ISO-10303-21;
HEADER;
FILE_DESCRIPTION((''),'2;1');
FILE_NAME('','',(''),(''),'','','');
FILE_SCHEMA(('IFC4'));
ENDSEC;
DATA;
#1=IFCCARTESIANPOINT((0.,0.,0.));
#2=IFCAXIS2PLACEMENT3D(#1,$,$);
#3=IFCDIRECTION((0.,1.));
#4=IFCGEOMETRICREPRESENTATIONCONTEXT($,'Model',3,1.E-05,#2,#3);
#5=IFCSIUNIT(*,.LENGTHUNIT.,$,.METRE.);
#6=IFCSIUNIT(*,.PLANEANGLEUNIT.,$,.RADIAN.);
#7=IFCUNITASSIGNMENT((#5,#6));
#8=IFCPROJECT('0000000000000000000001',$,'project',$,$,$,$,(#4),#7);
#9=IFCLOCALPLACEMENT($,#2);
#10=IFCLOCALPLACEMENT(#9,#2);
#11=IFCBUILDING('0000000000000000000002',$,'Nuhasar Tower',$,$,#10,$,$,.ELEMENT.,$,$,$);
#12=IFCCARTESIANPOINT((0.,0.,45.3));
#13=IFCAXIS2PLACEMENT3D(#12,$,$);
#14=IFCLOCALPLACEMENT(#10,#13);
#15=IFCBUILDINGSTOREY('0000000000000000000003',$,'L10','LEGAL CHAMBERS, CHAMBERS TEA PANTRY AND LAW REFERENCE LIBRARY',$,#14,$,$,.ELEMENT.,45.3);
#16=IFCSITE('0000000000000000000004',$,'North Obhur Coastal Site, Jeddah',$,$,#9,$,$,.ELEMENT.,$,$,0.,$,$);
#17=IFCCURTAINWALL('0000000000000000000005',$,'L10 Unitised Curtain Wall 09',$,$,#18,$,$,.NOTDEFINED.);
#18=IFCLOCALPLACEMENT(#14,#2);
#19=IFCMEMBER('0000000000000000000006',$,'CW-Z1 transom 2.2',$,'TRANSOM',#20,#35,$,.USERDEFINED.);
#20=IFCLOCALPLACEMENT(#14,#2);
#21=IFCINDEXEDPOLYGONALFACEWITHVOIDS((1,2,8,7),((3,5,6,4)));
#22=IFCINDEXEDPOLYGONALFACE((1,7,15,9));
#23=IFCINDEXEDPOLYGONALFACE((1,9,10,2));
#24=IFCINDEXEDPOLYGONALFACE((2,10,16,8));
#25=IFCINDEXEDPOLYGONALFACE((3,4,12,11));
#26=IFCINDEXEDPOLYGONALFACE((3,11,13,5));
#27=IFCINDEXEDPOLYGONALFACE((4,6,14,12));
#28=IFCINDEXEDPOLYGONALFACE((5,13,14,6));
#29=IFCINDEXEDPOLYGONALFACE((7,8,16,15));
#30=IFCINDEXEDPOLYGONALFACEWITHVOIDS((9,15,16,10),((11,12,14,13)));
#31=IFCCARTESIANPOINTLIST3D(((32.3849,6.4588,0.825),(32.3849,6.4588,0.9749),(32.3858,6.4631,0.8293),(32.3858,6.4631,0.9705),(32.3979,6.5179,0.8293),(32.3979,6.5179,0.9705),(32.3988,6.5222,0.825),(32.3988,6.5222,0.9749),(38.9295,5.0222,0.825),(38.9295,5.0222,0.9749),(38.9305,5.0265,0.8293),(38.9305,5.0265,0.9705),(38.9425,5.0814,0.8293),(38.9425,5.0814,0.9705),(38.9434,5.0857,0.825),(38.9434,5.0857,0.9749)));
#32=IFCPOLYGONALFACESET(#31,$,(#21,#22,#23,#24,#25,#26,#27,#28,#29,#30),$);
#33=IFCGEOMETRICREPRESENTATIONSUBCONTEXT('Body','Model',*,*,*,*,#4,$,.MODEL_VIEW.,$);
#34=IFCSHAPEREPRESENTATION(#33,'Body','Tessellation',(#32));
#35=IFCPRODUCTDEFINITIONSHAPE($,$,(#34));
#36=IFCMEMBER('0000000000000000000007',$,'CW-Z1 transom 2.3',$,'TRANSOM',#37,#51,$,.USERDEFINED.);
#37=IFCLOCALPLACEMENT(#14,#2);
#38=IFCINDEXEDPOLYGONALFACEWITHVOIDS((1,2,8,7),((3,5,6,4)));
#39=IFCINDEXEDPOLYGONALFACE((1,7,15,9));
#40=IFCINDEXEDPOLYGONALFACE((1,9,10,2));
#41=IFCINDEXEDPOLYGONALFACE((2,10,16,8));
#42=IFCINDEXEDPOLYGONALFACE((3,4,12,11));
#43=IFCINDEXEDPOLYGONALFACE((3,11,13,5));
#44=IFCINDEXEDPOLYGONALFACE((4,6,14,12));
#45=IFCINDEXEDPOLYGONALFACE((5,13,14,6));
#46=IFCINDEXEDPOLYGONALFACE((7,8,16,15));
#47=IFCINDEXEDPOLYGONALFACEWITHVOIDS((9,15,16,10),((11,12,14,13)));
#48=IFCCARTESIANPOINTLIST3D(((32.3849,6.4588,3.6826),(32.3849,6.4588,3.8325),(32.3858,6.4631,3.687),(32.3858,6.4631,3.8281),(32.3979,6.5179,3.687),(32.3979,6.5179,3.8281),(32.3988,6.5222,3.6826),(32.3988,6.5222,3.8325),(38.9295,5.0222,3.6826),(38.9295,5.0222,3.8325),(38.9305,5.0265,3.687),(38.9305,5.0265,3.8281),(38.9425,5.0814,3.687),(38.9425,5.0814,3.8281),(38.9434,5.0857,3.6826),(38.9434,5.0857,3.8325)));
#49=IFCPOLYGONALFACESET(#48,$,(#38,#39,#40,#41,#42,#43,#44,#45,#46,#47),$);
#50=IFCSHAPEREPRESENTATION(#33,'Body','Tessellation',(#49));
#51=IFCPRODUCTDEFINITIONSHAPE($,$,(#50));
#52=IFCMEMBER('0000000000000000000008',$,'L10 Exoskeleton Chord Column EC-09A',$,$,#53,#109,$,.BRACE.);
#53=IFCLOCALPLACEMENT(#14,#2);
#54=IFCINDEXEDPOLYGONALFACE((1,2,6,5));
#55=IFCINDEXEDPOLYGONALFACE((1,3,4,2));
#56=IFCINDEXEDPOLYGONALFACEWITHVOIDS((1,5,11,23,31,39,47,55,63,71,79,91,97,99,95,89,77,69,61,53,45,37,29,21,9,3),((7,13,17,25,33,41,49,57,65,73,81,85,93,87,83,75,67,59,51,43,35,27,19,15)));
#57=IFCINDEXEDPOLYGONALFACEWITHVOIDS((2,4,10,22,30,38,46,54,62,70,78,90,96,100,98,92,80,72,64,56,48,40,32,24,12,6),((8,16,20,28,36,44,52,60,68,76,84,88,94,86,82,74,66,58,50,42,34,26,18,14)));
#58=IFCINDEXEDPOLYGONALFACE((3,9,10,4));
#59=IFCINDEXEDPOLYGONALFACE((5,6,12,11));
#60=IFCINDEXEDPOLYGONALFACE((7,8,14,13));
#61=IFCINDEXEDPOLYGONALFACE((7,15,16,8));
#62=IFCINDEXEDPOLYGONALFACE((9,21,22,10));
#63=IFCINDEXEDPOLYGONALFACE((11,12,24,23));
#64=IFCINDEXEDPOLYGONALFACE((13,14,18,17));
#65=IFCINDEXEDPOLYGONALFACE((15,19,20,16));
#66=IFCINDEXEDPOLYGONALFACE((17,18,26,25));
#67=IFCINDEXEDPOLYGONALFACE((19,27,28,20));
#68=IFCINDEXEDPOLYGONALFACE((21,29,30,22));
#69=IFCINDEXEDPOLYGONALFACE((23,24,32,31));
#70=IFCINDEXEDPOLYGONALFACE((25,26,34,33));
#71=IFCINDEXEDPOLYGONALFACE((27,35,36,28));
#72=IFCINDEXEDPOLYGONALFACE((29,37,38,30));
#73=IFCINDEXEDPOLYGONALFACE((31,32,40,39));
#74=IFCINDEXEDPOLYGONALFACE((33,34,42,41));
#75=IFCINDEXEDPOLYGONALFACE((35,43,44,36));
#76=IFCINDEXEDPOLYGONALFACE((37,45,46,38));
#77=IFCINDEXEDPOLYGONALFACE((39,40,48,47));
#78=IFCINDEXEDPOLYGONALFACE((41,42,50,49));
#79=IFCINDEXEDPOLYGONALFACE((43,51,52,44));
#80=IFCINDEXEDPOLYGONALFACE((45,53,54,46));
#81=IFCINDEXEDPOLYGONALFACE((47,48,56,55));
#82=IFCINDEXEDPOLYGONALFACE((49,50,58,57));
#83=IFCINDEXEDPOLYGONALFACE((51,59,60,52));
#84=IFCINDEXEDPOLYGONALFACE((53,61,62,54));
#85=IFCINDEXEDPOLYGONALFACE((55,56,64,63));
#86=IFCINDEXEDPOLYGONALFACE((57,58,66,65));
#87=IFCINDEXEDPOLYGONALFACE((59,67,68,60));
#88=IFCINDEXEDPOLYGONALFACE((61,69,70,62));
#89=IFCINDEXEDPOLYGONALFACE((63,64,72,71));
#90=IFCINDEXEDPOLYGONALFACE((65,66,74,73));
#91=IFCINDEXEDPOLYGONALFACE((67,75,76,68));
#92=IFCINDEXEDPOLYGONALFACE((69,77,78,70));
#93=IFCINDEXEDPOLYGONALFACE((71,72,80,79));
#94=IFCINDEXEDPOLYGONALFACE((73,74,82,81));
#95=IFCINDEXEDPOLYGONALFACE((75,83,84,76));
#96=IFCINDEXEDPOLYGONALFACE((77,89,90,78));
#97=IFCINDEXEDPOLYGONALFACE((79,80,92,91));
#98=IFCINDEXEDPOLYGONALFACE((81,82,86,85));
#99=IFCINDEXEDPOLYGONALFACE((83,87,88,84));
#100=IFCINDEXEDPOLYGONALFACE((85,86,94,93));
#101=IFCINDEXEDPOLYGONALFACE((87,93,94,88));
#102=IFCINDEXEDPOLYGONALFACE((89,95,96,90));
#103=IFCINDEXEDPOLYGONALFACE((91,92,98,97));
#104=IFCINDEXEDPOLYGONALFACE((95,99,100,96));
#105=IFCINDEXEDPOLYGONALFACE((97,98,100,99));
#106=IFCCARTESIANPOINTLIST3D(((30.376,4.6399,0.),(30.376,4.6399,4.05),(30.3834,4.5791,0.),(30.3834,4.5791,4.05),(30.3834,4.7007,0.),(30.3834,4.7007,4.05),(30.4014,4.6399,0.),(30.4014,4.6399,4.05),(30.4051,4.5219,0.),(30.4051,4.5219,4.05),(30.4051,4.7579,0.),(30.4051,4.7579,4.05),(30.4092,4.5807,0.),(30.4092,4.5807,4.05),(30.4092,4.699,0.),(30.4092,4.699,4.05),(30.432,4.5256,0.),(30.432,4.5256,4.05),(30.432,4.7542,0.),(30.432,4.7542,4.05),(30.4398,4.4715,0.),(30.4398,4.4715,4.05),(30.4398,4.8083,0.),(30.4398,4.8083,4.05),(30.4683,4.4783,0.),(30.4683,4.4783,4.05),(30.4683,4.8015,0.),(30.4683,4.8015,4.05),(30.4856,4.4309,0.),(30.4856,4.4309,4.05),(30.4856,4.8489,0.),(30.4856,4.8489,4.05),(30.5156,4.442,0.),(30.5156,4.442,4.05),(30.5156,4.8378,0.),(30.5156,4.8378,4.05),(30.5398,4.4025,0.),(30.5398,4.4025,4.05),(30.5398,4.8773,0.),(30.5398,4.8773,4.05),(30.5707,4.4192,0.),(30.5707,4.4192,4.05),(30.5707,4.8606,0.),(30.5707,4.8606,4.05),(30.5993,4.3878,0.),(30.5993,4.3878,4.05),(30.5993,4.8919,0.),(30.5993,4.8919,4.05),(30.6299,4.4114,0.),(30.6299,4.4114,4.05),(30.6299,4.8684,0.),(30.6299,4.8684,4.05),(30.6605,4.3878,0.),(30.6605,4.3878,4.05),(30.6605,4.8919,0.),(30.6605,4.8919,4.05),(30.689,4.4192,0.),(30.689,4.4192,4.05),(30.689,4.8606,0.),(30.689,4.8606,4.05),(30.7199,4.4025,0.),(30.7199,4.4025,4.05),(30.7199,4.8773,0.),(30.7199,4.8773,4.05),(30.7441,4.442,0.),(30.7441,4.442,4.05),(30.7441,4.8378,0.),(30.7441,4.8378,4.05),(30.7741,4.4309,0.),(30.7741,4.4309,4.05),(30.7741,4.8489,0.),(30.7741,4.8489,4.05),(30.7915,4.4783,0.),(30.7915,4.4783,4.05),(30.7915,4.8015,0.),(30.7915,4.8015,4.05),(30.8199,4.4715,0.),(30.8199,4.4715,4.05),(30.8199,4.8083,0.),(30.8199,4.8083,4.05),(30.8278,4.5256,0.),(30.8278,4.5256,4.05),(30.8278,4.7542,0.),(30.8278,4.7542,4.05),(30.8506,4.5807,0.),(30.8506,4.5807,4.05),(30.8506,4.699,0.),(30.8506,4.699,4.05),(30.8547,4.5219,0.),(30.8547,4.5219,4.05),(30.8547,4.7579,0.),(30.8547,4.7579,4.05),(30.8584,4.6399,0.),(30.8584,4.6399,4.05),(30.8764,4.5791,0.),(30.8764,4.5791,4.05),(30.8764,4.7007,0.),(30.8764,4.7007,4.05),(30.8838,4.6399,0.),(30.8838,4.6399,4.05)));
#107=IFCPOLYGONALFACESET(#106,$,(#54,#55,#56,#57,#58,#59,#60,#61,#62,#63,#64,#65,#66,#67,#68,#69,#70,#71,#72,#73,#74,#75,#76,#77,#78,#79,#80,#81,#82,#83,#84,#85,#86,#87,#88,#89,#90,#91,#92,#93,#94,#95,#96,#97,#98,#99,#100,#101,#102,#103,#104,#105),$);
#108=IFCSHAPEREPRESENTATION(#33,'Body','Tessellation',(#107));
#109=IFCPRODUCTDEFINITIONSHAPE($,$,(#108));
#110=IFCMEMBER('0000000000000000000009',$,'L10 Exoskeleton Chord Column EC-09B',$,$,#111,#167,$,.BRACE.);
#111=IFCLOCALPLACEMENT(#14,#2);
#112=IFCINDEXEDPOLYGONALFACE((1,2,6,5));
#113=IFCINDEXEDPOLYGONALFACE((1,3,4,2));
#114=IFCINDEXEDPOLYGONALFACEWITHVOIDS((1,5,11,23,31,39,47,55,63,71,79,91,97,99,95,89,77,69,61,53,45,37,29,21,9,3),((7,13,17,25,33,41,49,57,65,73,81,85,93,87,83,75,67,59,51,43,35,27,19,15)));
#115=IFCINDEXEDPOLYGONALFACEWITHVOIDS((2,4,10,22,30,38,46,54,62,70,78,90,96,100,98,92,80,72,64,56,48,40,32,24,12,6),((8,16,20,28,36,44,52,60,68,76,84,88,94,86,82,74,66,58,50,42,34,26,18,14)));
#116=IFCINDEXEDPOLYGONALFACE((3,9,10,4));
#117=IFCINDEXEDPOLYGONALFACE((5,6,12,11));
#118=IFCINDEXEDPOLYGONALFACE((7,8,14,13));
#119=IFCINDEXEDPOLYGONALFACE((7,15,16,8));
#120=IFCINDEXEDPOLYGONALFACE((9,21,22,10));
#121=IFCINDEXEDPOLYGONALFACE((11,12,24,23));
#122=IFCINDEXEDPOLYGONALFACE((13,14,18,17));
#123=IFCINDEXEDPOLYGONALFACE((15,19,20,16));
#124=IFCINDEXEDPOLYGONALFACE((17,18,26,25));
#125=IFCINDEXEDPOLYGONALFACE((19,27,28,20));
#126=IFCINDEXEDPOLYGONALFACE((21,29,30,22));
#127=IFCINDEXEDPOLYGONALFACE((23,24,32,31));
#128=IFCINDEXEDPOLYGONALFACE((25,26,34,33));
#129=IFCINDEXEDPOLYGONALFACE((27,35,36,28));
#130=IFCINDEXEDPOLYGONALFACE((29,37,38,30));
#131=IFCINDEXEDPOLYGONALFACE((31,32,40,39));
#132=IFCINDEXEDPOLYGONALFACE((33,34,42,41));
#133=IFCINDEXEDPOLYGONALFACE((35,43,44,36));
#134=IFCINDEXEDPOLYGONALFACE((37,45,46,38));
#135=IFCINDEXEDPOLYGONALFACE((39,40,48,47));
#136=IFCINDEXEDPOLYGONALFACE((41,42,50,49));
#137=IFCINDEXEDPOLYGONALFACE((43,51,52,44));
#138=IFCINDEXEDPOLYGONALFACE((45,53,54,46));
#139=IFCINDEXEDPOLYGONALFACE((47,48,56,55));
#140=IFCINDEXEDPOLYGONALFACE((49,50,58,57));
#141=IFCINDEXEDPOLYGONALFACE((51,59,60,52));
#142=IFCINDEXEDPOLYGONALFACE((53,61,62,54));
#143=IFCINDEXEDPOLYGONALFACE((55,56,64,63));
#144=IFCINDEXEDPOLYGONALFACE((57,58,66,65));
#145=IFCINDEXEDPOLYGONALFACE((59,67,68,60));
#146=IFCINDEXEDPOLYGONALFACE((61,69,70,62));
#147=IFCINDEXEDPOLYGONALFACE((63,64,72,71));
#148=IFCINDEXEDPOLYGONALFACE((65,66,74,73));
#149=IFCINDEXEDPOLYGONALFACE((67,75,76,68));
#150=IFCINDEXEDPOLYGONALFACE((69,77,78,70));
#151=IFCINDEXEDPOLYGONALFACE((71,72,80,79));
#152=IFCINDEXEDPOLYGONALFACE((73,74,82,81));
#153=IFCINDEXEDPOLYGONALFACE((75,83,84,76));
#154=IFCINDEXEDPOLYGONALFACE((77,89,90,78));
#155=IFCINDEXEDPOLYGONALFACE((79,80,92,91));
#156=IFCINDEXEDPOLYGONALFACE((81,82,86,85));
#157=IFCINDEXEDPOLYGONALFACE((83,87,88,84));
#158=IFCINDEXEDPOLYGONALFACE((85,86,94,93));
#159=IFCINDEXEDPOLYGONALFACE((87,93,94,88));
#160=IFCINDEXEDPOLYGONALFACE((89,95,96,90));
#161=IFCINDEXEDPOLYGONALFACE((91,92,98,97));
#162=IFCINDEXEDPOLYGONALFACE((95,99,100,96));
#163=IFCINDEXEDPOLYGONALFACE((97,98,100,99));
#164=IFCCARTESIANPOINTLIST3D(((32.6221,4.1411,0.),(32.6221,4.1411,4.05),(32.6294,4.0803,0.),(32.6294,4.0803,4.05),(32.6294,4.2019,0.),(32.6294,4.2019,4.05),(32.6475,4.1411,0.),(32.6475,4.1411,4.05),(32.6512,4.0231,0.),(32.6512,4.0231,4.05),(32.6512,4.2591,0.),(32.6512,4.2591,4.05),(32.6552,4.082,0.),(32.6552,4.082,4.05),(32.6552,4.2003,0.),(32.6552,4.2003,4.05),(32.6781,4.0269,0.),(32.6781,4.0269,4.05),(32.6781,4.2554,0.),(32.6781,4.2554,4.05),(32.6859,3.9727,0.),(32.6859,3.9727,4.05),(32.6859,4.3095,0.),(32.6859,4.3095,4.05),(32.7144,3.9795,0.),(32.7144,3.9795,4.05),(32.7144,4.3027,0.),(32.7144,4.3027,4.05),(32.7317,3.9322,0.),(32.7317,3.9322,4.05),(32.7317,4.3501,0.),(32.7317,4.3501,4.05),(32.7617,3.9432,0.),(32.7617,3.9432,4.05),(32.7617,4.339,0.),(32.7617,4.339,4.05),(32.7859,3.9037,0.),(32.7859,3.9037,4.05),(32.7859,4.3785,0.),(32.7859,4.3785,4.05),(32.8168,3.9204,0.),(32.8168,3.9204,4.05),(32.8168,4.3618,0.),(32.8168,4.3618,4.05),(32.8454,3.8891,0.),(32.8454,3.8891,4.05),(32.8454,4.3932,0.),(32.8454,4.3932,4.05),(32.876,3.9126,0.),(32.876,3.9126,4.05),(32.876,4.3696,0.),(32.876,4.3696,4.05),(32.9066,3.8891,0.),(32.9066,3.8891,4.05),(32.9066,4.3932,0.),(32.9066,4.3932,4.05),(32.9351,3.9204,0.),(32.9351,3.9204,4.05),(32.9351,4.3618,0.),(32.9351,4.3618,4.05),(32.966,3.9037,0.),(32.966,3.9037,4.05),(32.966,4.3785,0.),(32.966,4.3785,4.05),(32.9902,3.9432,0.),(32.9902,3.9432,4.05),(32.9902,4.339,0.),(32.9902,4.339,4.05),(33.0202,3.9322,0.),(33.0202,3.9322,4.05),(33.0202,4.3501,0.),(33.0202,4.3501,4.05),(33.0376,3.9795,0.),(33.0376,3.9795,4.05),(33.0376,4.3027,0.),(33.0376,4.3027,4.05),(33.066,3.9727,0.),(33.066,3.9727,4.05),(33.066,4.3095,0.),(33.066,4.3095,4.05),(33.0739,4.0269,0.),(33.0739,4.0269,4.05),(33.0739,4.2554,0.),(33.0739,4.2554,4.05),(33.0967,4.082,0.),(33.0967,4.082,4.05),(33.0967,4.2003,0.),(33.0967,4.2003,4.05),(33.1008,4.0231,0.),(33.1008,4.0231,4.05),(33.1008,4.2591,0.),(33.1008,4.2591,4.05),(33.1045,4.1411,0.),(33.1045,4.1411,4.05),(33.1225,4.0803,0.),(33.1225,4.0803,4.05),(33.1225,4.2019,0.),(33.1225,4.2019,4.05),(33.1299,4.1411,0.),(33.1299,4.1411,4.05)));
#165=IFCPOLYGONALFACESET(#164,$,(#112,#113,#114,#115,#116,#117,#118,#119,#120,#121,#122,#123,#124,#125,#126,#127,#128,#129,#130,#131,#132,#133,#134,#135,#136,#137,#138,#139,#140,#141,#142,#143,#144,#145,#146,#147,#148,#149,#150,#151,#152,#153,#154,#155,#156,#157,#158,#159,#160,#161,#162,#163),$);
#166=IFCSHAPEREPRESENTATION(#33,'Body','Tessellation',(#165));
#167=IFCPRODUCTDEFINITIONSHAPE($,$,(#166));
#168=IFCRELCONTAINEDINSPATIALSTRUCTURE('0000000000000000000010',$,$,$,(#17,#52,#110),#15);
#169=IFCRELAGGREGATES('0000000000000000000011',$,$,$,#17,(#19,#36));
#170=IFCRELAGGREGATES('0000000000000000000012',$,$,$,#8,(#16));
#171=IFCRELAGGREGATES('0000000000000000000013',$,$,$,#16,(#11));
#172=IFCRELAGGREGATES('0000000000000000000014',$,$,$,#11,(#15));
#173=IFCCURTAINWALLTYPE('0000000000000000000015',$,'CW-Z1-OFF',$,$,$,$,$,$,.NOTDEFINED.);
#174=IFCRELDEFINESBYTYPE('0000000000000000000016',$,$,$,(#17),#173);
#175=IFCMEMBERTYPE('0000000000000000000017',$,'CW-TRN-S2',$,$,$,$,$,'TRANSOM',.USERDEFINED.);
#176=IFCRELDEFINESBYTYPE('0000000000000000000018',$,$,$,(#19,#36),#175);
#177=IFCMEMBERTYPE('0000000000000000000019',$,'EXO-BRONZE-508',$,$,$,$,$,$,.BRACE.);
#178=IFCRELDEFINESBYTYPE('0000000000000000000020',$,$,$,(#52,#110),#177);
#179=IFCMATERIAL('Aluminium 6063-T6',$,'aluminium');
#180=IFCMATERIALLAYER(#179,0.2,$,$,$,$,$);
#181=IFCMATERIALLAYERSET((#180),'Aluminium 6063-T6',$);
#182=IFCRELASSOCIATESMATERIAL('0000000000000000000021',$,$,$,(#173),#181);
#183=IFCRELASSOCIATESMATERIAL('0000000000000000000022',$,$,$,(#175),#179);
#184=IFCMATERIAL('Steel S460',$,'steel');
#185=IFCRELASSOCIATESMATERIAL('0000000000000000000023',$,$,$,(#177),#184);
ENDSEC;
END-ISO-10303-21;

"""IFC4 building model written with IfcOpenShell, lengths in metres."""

from ifc_helpers import new_model, si_unit, direction, frame, origin, origin_2d, place, context, subcontext, project, spatial, hollow_rectangle, hollow_circle, extrude, material, layer, layer_set, material_profile, profile_set, type_object, element, aggregate, save


model = new_model("IFC4")

# Units and contexts
model_context = context("Model", 3, precision=1e-05, world=origin(), true_north=direction((0.0, 1.0)))
body_context = subcontext(model_context, "Body", "Model", "MODEL_VIEW")
ifc_project = project(units=[si_unit("LENGTHUNIT", "METRE"), si_unit("PLANEANGLEUNIT", "RADIAN")], contexts=[model_context])

# Site, building, storey
site_placement = place(None, origin())
site = spatial("IfcSite", under=ifc_project, at=site_placement, Name="North Obhur Coastal Site, Jeddah", CompositionType="ELEMENT", RefElevation=0.0)
building_placement = place(site_placement, origin())
building = spatial("IfcBuilding", under=site, at=building_placement, Name="Nuhasar Tower", CompositionType="ELEMENT")
storey_placement = place(building_placement, frame((0.0, 0.0, 45.3)))
storey = spatial("IfcBuildingStorey", under=building, at=storey_placement, Name="L10", Description="LEGAL CHAMBERS, CHAMBERS TEA PANTRY AND LAW REFERENCE LIBRARY", CompositionType="ELEMENT", Elevation=45.3)

# Curtain wall, members
ifc_material_1 = material(Name="Aluminium 6063-T6", Category="aluminium")
ifc_layer_1 = layer(ifc_material_1, 0.2)
ifc_layer_set_1 = layer_set([ifc_layer_1], Name="Aluminium 6063-T6")
curtain_wall_type = type_object("IfcCurtainWallType", Name="CW-Z1-OFF", PredefinedType="NOTDEFINED", material=ifc_layer_set_1)
curtain_wall_placement = place(storey_placement, origin())
curtain_wall = element("IfcCurtainWall", 1, at=curtain_wall_placement, inside=storey, type_object=curtain_wall_type, Name="L10 Unitised Curtain Wall 09", PredefinedType="NOTDEFINED")
ifc_material_profile_1 = material_profile(ifc_material_1, hollow_rectangle(XDim=0.0649, YDim=0.1499, WallThickness=0.0044, at=origin_2d()), Name="CWT-2")
ifc_profile_set_1 = profile_set([ifc_material_profile_1], Name="Aluminium 6063-T6")
member_type_1 = type_object("IfcMemberType", Name="CW-TRN-S2", ElementType="TRANSOM", PredefinedType="USERDEFINED", material=ifc_profile_set_1)
member_1_placement = place(storey_placement, frame((32.3918, 6.4905, 0.8999), z_axis=(0.976748, -0.214391, 0.0), x_axis=(0.214391, 0.976748, 0.0)))
member_1 = element("IfcMember", 2, at=member_1_placement, type_object=member_type_1, Name="CW-Z1 transom 2.2", ObjectType="TRANSOM", PredefinedType="USERDEFINED", context=body_context, shape_type="SweptSolid", body=[
    extrude(hollow_rectangle(XDim=0.0649, YDim=0.1499, WallThickness=0.0044, at=origin_2d()), origin(), (0.0, 0.0, 1.0), 6.7004),
])
member_2_placement = place(storey_placement, frame((32.3918, 6.4905, 3.7576), z_axis=(0.976748, -0.214391, 0.0), x_axis=(0.214391, 0.976748, 0.0)))
member_2 = element("IfcMember", 3, at=member_2_placement, type_object=member_type_1, Name="CW-Z1 transom 2.3", ObjectType="TRANSOM", PredefinedType="USERDEFINED", context=body_context, shape_type="SweptSolid", body=[
    extrude(hollow_rectangle(XDim=0.0649, YDim=0.1499, WallThickness=0.0044, at=origin_2d()), origin(), (0.0, 0.0, 1.0), 6.7004),
])

# Members
ifc_material_2 = material(Name="Steel S460", Category="steel")
ifc_material_profile_2 = material_profile(ifc_material_2, hollow_circle(Radius=0.2539, WallThickness=0.0254, at=origin_2d()), Name="HSS508X25.4")
ifc_profile_set_2 = profile_set([ifc_material_profile_2], Name="Steel S460")
member_type_2 = type_object("IfcMemberType", Name="EXO-BRONZE-508", PredefinedType="BRACE", material=ifc_profile_set_2)
for number, where, z_axis, x_axis, name in (
    (4, (30.6299, 4.6399, 0.0), (0.0, 0.0, 1.0), (1.0, 0.0, 0.0), "L10 Exoskeleton Chord Column EC-09A"),
    (5, (32.876, 4.1411, 0.0), (0.0, 0.0, 1.0), (1.0, 0.0, 0.0), "L10 Exoskeleton Chord Column EC-09B"),
):
    element("IfcMember", number, at=place(storey_placement, frame(where, z_axis=z_axis, x_axis=x_axis)), inside=storey, type_object=member_type_2, Name=name, PredefinedType="BRACE", context=body_context, shape_type="SweptSolid", body=[
        extrude(hollow_circle(Radius=0.2539, WallThickness=0.0254, at=origin_2d()), origin(), (0.0, 0.0, 1.0), 4.05),
    ])

aggregate(curtain_wall, [member_1, member_2])

save(model, "model.ifc")
